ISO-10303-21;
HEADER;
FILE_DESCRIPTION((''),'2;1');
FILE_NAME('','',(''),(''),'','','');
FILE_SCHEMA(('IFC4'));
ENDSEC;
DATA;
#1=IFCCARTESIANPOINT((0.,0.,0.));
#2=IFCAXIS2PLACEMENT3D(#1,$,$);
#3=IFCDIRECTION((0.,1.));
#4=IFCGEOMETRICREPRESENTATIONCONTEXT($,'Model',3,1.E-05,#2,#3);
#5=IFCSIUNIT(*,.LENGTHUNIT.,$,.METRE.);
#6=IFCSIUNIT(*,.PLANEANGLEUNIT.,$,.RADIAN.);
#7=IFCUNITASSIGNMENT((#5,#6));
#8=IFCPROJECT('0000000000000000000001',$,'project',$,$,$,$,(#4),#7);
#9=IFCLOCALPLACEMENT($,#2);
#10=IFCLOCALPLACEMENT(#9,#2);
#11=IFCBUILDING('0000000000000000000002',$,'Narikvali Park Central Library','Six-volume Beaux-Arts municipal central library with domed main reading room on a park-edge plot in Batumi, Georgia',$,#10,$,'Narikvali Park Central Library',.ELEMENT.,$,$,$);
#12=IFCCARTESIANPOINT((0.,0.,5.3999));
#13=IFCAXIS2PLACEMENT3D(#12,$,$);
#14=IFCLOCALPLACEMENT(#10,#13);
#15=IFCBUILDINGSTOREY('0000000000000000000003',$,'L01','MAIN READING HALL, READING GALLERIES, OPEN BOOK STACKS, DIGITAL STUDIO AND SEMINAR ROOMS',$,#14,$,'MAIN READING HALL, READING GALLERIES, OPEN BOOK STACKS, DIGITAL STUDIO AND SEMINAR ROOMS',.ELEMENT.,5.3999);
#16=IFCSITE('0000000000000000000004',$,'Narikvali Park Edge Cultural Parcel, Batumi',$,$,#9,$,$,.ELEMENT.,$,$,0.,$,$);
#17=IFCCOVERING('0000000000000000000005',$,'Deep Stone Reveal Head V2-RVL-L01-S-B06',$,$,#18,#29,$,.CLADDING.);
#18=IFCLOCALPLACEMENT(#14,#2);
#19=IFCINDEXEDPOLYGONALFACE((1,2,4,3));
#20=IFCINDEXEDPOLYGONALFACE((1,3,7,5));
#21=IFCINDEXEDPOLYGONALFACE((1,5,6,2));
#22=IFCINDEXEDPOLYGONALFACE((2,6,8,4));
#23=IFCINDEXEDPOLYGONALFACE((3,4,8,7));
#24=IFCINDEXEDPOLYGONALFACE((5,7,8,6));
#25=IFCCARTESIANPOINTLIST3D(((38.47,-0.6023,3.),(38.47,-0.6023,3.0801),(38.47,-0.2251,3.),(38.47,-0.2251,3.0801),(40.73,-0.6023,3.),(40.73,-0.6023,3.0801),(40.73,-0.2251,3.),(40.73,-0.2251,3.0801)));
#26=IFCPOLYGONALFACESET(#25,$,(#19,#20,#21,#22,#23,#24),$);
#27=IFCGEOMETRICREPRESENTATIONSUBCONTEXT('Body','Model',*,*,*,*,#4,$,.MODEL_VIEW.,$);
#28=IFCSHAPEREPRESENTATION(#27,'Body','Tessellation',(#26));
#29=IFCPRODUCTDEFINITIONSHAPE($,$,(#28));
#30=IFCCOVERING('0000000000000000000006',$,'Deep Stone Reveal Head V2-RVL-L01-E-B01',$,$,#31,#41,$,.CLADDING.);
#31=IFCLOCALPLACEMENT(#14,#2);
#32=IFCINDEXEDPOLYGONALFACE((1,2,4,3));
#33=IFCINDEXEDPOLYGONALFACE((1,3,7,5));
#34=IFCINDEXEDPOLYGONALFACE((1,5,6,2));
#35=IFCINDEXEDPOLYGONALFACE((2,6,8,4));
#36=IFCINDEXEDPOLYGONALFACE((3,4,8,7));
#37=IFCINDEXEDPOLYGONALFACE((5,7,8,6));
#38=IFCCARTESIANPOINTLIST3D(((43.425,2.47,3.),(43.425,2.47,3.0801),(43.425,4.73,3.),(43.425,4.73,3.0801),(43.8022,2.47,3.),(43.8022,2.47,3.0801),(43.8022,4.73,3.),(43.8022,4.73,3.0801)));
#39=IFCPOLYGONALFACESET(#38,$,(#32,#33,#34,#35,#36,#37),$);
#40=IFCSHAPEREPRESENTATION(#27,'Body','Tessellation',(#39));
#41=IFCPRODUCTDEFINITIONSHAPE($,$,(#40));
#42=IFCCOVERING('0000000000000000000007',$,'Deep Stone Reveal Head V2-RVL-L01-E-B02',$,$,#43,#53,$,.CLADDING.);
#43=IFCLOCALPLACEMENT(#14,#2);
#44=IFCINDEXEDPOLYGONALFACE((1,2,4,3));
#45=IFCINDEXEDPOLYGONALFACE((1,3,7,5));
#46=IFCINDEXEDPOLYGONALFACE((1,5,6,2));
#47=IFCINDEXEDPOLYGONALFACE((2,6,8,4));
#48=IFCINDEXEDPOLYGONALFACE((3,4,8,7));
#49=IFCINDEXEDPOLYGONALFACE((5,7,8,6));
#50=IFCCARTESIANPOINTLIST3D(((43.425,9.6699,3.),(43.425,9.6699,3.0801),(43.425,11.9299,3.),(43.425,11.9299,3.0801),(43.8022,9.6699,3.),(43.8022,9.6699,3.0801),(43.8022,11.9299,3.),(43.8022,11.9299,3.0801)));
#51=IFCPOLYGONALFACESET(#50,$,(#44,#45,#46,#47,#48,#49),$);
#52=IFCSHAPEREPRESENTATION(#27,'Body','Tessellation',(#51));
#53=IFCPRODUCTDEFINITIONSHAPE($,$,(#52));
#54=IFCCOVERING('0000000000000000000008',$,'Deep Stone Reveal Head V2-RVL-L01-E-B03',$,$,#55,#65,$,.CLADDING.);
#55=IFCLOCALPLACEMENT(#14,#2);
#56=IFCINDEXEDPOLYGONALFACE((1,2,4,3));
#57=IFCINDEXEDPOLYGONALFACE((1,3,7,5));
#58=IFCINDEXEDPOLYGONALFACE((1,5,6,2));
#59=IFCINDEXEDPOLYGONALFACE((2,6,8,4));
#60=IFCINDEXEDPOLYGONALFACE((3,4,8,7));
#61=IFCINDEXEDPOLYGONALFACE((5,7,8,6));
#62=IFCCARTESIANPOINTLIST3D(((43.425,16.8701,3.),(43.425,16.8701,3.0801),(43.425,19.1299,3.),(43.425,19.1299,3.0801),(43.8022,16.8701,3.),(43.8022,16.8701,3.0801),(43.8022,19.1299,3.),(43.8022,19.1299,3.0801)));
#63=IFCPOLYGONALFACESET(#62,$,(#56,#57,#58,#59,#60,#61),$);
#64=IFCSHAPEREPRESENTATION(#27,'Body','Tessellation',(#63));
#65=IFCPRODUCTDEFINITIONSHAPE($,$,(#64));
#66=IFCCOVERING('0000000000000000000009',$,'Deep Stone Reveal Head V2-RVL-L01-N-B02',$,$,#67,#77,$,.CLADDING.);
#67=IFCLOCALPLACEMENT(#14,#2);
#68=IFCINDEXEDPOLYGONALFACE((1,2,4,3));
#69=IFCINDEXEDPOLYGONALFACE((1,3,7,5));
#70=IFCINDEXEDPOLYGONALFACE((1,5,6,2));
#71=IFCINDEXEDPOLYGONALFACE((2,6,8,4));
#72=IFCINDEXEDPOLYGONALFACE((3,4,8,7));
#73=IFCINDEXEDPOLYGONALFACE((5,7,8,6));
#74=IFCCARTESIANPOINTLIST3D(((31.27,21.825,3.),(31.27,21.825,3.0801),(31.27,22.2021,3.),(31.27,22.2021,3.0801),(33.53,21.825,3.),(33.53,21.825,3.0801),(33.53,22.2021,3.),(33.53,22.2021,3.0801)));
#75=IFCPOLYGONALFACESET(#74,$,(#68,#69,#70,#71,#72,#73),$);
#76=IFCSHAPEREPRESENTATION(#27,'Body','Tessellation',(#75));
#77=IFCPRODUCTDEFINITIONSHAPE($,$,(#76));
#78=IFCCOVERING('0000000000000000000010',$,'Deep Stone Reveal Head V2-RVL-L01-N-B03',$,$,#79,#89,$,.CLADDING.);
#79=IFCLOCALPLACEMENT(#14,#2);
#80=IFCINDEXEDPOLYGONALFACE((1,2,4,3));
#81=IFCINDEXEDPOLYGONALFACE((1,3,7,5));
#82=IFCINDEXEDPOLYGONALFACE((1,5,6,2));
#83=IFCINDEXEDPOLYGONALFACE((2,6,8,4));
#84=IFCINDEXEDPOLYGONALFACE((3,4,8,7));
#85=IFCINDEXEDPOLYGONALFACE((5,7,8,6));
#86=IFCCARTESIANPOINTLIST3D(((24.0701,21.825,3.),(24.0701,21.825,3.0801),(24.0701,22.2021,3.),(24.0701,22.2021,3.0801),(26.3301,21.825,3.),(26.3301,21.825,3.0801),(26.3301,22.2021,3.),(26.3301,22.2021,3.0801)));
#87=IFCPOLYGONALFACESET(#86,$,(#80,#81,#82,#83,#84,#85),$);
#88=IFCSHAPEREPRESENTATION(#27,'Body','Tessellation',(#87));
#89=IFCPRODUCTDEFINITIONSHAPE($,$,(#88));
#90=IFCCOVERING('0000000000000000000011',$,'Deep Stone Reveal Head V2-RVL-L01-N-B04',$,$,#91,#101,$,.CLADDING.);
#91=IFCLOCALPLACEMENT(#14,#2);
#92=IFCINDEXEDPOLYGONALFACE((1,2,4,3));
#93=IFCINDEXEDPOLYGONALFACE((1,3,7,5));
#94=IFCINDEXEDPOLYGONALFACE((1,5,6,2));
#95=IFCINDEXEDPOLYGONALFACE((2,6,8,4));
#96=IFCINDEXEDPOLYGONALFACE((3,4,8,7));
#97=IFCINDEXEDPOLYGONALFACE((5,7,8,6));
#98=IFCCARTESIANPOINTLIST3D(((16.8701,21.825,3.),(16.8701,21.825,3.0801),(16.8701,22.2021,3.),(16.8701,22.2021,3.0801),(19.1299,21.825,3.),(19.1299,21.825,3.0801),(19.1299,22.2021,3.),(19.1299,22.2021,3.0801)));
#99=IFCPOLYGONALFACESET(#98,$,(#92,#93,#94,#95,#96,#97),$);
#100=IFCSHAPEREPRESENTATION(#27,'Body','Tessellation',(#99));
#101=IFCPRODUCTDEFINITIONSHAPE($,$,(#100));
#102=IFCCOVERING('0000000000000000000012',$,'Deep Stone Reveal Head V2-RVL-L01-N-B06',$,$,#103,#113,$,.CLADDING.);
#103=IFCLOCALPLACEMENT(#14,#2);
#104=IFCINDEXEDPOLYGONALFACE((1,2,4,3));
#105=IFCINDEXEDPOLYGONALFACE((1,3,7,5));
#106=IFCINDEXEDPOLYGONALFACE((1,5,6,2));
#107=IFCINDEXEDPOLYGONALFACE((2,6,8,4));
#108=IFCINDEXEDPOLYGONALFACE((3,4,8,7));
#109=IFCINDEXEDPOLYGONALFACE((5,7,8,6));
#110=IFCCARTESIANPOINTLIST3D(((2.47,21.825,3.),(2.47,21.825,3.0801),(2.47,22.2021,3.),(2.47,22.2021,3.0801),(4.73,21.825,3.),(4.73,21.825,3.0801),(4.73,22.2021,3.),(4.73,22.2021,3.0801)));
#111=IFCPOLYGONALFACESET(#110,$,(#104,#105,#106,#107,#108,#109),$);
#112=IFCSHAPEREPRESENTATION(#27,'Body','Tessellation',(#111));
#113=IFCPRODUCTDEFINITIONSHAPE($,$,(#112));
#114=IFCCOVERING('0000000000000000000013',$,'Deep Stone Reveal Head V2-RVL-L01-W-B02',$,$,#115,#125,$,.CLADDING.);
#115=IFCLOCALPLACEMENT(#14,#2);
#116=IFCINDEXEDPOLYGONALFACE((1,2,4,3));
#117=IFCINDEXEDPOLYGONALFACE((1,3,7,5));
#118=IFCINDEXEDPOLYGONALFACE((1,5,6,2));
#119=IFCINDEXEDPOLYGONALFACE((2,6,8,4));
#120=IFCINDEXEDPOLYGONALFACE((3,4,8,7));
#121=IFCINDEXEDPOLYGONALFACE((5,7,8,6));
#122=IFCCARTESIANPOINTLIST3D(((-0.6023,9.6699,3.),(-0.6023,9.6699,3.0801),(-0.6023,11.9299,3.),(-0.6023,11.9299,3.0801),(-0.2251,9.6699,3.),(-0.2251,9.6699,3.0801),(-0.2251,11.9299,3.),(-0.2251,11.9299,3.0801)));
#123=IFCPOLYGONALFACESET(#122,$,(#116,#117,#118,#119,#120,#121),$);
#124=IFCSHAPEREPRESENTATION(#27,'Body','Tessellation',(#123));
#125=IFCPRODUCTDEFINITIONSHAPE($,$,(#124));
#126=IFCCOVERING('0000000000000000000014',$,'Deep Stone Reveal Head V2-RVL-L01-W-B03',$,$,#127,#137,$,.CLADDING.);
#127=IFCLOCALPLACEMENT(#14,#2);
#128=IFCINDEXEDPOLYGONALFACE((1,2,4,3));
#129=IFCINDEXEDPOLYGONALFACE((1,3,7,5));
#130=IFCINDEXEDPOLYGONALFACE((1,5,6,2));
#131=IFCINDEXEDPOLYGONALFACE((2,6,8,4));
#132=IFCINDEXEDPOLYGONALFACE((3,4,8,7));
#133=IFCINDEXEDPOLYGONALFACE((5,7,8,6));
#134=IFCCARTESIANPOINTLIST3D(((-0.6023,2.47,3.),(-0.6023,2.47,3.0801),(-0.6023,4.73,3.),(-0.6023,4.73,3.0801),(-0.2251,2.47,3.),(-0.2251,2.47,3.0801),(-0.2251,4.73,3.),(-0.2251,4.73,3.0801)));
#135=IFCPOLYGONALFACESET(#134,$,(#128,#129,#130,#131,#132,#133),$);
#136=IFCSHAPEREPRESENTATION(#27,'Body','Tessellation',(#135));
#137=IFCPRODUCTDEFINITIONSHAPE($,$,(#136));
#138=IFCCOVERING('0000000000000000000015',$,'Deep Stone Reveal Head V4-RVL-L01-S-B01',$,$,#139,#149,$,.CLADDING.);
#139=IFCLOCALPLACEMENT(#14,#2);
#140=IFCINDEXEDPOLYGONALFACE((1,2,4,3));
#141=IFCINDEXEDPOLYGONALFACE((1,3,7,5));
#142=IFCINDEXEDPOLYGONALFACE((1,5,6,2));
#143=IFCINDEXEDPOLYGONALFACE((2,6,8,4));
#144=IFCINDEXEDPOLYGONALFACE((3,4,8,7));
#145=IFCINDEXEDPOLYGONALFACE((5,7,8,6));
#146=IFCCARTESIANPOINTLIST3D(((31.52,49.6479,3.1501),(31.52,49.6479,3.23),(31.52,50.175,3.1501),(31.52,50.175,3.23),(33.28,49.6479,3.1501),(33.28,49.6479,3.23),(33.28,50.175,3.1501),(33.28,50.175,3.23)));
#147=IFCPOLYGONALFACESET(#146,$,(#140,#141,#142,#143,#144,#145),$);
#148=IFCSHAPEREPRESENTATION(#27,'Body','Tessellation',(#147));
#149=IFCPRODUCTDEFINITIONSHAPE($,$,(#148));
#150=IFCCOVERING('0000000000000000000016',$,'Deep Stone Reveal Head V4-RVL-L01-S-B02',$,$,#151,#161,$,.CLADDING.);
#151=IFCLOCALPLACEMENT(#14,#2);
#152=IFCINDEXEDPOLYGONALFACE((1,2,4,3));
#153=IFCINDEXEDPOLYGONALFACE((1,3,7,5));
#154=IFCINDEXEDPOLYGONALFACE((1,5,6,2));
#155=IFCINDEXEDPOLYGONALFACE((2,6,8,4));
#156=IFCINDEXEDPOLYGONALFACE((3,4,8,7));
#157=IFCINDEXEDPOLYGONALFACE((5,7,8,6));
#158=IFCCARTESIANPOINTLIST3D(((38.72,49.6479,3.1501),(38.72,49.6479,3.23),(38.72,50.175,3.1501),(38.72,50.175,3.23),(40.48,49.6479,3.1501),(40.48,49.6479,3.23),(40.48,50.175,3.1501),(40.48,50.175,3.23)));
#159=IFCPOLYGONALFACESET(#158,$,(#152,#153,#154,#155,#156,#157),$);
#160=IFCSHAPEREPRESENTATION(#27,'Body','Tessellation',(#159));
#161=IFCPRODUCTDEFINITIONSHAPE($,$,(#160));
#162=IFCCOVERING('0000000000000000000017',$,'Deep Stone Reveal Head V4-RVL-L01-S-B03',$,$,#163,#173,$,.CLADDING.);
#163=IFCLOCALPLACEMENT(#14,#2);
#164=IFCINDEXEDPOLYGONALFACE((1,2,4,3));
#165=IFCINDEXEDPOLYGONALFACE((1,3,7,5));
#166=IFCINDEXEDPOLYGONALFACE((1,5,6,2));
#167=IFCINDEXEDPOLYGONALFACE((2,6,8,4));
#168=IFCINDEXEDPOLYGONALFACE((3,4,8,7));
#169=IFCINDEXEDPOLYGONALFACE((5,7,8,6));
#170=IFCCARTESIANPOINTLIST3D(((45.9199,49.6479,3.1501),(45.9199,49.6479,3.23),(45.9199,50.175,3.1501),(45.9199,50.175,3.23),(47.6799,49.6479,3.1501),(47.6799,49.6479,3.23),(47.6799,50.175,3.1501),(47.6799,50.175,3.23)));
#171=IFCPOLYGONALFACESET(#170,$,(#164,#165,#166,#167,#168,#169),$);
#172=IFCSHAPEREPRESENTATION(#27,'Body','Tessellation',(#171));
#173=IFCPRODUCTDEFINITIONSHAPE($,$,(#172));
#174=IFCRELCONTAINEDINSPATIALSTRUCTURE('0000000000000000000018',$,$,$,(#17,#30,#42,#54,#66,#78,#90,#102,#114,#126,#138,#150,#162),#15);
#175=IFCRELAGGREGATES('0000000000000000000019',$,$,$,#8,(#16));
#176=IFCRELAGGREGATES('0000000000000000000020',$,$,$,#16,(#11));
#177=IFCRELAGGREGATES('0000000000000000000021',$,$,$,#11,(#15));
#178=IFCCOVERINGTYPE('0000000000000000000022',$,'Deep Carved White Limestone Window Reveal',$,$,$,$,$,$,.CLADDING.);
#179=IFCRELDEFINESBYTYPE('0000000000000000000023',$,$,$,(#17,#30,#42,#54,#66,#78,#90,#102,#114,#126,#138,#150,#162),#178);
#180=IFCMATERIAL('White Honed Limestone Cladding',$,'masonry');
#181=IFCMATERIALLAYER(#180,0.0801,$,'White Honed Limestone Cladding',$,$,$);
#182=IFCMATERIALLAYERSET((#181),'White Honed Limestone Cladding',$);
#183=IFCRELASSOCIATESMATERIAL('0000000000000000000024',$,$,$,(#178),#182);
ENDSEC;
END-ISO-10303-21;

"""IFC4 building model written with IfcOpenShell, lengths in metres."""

from ifc_helpers import new_model, si_unit, direction, frame, origin, place, context, subcontext, project, spatial, polyline, outline, extrude, material, layer, layer_set, type_object, element, save


model = new_model("IFC4")

# Units and contexts
model_context = context("Model", 3, precision=1e-05, world=origin(), true_north=direction((0.0, 1.0)))
body_context = subcontext(model_context, "Body", "Model", "MODEL_VIEW")
ifc_project = project(units=[si_unit("LENGTHUNIT", "METRE"), si_unit("PLANEANGLEUNIT", "RADIAN")], contexts=[model_context])

# Site, building, storey
site_placement = place(None, origin())
site = spatial("IfcSite", under=ifc_project, at=site_placement, Name="Narikvali Park Edge Cultural Parcel, Batumi", CompositionType="ELEMENT", RefElevation=0.0)
building_placement = place(site_placement, origin())
building = spatial("IfcBuilding", under=site, at=building_placement, Name="Narikvali Park Central Library", Description="Six-volume Beaux-Arts municipal central library with domed main reading room on a park-edge plot in Batumi, Georgia", LongName="Narikvali Park Central Library", CompositionType="ELEMENT")
storey_placement = place(building_placement, frame((0.0, 0.0, 5.3999)))
storey = spatial("IfcBuildingStorey", under=building, at=storey_placement, Name="L01", Description="MAIN READING HALL, READING GALLERIES, OPEN BOOK STACKS, DIGITAL STUDIO AND SEMINAR ROOMS", LongName="MAIN READING HALL, READING GALLERIES, OPEN BOOK STACKS, DIGITAL STUDIO AND SEMINAR ROOMS", CompositionType="ELEMENT", Elevation=5.3999)

# Coverings
ifc_material = material(Name="White Honed Limestone Cladding", Category="masonry")
ifc_layer = layer(ifc_material, 0.0801, Name="White Honed Limestone Cladding")
ifc_layer_set = layer_set([ifc_layer], Name="White Honed Limestone Cladding")
covering_type = type_object("IfcCoveringType", Name="Deep Carved White Limestone Window Reveal", PredefinedType="CLADDING", material=ifc_layer_set)
covering_1_placement = place(storey_placement, frame((0.0, 0.0, 3.0)))
element("IfcCovering", 1, at=covering_1_placement, inside=storey, type_object=covering_type, Name="Deep Stone Reveal Head V2-RVL-L01-S-B06", PredefinedType="CLADDING", context=body_context, shape_type="SweptSolid", body=[
    extrude(outline(polyline([(38.47, -0.2251), (40.73, -0.2251), (40.73, -0.6023), (38.47, -0.6023), (38.47, -0.2251)])), origin(), (0.0, 0.0, 1.0), 0.0801),
])
covering_2_placement = place(storey_placement, frame((0.0, 0.0, 3.0)))
element("IfcCovering", 2, at=covering_2_placement, inside=storey, type_object=covering_type, Name="Deep Stone Reveal Head V2-RVL-L01-E-B01", PredefinedType="CLADDING", context=body_context, shape_type="SweptSolid", body=[
    extrude(outline(polyline([(43.425, 2.47), (43.425, 4.73), (43.8022, 4.73), (43.8022, 2.47), (43.425, 2.47)])), origin(), (0.0, 0.0, 1.0), 0.0801),
])
covering_3_placement = place(storey_placement, frame((0.0, 0.0, 3.0)))
element("IfcCovering", 3, at=covering_3_placement, inside=storey, type_object=covering_type, Name="Deep Stone Reveal Head V2-RVL-L01-E-B02", PredefinedType="CLADDING", context=body_context, shape_type="SweptSolid", body=[
    extrude(outline(polyline([(43.425, 9.6699), (43.425, 11.9299), (43.8022, 11.9299), (43.8022, 9.6699), (43.425, 9.6699)])), origin(), (0.0, 0.0, 1.0), 0.0801),
])
covering_4_placement = place(storey_placement, frame((0.0, 0.0, 3.0)))
element("IfcCovering", 4, at=covering_4_placement, inside=storey, type_object=covering_type, Name="Deep Stone Reveal Head V2-RVL-L01-E-B03", PredefinedType="CLADDING", context=body_context, shape_type="SweptSolid", body=[
    extrude(outline(polyline([(43.425, 16.8701), (43.425, 19.1299), (43.8022, 19.1299), (43.8022, 16.8701), (43.425, 16.8701)])), origin(), (0.0, 0.0, 1.0), 0.0801),
])
covering_5_placement = place(storey_placement, frame((0.0, 0.0, 3.0)))
element("IfcCovering", 5, at=covering_5_placement, inside=storey, type_object=covering_type, Name="Deep Stone Reveal Head V2-RVL-L01-N-B02", PredefinedType="CLADDING", context=body_context, shape_type="SweptSolid", body=[
    extrude(outline(polyline([(33.53, 21.825), (31.27, 21.825), (31.27, 22.2021), (33.53, 22.2021), (33.53, 21.825)])), origin(), (0.0, 0.0, 1.0), 0.0801),
])
covering_6_placement = place(storey_placement, frame((0.0, 0.0, 3.0)))
element("IfcCovering", 6, at=covering_6_placement, inside=storey, type_object=covering_type, Name="Deep Stone Reveal Head V2-RVL-L01-N-B03", PredefinedType="CLADDING", context=body_context, shape_type="SweptSolid", body=[
    extrude(outline(polyline([(26.3301, 21.825), (24.0701, 21.825), (24.0701, 22.2021), (26.3301, 22.2021), (26.3301, 21.825)])), origin(), (0.0, 0.0, 1.0), 0.0801),
])
covering_7_placement = place(storey_placement, frame((0.0, 0.0, 3.0)))
element("IfcCovering", 7, at=covering_7_placement, inside=storey, type_object=covering_type, Name="Deep Stone Reveal Head V2-RVL-L01-N-B04", PredefinedType="CLADDING", context=body_context, shape_type="SweptSolid", body=[
    extrude(outline(polyline([(19.1299, 21.825), (16.8701, 21.825), (16.8701, 22.2021), (19.1299, 22.2021), (19.1299, 21.825)])), origin(), (0.0, 0.0, 1.0), 0.0801),
])
covering_8_placement = place(storey_placement, frame((0.0, 0.0, 3.0)))
element("IfcCovering", 8, at=covering_8_placement, inside=storey, type_object=covering_type, Name="Deep Stone Reveal Head V2-RVL-L01-N-B06", PredefinedType="CLADDING", context=body_context, shape_type="SweptSolid", body=[
    extrude(outline(polyline([(4.73, 21.825), (2.47, 21.825), (2.47, 22.2021), (4.73, 22.2021), (4.73, 21.825)])), origin(), (0.0, 0.0, 1.0), 0.0801),
])
covering_9_placement = place(storey_placement, frame((0.0, 0.0, 3.0)))
element("IfcCovering", 9, at=covering_9_placement, inside=storey, type_object=covering_type, Name="Deep Stone Reveal Head V2-RVL-L01-W-B02", PredefinedType="CLADDING", context=body_context, shape_type="SweptSolid", body=[
    extrude(outline(polyline([(-0.2251, 11.9299), (-0.2251, 9.6699), (-0.6023, 9.6699), (-0.6023, 11.9299), (-0.2251, 11.9299)])), origin(), (0.0, 0.0, 1.0), 0.0801),
])
covering_10_placement = place(storey_placement, frame((0.0, 0.0, 3.0)))
element("IfcCovering", 10, at=covering_10_placement, inside=storey, type_object=covering_type, Name="Deep Stone Reveal Head V2-RVL-L01-W-B03", PredefinedType="CLADDING", context=body_context, shape_type="SweptSolid", body=[
    extrude(outline(polyline([(-0.2251, 4.73), (-0.2251, 2.47), (-0.6023, 2.47), (-0.6023, 4.73), (-0.2251, 4.73)])), origin(), (0.0, 0.0, 1.0), 0.0801),
])
covering_11_placement = place(storey_placement, frame((0.0, 0.0, 3.1501)))
element("IfcCovering", 11, at=covering_11_placement, inside=storey, type_object=covering_type, Name="Deep Stone Reveal Head V4-RVL-L01-S-B01", PredefinedType="CLADDING", context=body_context, shape_type="SweptSolid", body=[
    extrude(outline(polyline([(31.52, 50.175), (33.28, 50.175), (33.28, 49.6479), (31.52, 49.6479), (31.52, 50.175)])), origin(), (0.0, 0.0, 1.0), 0.0798),
])
covering_12_placement = place(storey_placement, frame((0.0, 0.0, 3.1501)))
element("IfcCovering", 12, at=covering_12_placement, inside=storey, type_object=covering_type, Name="Deep Stone Reveal Head V4-RVL-L01-S-B02", PredefinedType="CLADDING", context=body_context, shape_type="SweptSolid", body=[
    extrude(outline(polyline([(38.72, 50.175), (40.48, 50.175), (40.48, 49.6479), (38.72, 49.6479), (38.72, 50.175)])), origin(), (0.0, 0.0, 1.0), 0.0798),
])
covering_13_placement = place(storey_placement, frame((0.0, 0.0, 3.1501)))
element("IfcCovering", 13, at=covering_13_placement, inside=storey, type_object=covering_type, Name="Deep Stone Reveal Head V4-RVL-L01-S-B03", PredefinedType="CLADDING", context=body_context, shape_type="SweptSolid", body=[
    extrude(outline(polyline([(45.9199, 50.175), (47.6799, 50.175), (47.6799, 49.6479), (45.9199, 49.6479), (45.9199, 50.175)])), origin(), (0.0, 0.0, 1.0), 0.0798),
])

save(model, "model.ifc")
